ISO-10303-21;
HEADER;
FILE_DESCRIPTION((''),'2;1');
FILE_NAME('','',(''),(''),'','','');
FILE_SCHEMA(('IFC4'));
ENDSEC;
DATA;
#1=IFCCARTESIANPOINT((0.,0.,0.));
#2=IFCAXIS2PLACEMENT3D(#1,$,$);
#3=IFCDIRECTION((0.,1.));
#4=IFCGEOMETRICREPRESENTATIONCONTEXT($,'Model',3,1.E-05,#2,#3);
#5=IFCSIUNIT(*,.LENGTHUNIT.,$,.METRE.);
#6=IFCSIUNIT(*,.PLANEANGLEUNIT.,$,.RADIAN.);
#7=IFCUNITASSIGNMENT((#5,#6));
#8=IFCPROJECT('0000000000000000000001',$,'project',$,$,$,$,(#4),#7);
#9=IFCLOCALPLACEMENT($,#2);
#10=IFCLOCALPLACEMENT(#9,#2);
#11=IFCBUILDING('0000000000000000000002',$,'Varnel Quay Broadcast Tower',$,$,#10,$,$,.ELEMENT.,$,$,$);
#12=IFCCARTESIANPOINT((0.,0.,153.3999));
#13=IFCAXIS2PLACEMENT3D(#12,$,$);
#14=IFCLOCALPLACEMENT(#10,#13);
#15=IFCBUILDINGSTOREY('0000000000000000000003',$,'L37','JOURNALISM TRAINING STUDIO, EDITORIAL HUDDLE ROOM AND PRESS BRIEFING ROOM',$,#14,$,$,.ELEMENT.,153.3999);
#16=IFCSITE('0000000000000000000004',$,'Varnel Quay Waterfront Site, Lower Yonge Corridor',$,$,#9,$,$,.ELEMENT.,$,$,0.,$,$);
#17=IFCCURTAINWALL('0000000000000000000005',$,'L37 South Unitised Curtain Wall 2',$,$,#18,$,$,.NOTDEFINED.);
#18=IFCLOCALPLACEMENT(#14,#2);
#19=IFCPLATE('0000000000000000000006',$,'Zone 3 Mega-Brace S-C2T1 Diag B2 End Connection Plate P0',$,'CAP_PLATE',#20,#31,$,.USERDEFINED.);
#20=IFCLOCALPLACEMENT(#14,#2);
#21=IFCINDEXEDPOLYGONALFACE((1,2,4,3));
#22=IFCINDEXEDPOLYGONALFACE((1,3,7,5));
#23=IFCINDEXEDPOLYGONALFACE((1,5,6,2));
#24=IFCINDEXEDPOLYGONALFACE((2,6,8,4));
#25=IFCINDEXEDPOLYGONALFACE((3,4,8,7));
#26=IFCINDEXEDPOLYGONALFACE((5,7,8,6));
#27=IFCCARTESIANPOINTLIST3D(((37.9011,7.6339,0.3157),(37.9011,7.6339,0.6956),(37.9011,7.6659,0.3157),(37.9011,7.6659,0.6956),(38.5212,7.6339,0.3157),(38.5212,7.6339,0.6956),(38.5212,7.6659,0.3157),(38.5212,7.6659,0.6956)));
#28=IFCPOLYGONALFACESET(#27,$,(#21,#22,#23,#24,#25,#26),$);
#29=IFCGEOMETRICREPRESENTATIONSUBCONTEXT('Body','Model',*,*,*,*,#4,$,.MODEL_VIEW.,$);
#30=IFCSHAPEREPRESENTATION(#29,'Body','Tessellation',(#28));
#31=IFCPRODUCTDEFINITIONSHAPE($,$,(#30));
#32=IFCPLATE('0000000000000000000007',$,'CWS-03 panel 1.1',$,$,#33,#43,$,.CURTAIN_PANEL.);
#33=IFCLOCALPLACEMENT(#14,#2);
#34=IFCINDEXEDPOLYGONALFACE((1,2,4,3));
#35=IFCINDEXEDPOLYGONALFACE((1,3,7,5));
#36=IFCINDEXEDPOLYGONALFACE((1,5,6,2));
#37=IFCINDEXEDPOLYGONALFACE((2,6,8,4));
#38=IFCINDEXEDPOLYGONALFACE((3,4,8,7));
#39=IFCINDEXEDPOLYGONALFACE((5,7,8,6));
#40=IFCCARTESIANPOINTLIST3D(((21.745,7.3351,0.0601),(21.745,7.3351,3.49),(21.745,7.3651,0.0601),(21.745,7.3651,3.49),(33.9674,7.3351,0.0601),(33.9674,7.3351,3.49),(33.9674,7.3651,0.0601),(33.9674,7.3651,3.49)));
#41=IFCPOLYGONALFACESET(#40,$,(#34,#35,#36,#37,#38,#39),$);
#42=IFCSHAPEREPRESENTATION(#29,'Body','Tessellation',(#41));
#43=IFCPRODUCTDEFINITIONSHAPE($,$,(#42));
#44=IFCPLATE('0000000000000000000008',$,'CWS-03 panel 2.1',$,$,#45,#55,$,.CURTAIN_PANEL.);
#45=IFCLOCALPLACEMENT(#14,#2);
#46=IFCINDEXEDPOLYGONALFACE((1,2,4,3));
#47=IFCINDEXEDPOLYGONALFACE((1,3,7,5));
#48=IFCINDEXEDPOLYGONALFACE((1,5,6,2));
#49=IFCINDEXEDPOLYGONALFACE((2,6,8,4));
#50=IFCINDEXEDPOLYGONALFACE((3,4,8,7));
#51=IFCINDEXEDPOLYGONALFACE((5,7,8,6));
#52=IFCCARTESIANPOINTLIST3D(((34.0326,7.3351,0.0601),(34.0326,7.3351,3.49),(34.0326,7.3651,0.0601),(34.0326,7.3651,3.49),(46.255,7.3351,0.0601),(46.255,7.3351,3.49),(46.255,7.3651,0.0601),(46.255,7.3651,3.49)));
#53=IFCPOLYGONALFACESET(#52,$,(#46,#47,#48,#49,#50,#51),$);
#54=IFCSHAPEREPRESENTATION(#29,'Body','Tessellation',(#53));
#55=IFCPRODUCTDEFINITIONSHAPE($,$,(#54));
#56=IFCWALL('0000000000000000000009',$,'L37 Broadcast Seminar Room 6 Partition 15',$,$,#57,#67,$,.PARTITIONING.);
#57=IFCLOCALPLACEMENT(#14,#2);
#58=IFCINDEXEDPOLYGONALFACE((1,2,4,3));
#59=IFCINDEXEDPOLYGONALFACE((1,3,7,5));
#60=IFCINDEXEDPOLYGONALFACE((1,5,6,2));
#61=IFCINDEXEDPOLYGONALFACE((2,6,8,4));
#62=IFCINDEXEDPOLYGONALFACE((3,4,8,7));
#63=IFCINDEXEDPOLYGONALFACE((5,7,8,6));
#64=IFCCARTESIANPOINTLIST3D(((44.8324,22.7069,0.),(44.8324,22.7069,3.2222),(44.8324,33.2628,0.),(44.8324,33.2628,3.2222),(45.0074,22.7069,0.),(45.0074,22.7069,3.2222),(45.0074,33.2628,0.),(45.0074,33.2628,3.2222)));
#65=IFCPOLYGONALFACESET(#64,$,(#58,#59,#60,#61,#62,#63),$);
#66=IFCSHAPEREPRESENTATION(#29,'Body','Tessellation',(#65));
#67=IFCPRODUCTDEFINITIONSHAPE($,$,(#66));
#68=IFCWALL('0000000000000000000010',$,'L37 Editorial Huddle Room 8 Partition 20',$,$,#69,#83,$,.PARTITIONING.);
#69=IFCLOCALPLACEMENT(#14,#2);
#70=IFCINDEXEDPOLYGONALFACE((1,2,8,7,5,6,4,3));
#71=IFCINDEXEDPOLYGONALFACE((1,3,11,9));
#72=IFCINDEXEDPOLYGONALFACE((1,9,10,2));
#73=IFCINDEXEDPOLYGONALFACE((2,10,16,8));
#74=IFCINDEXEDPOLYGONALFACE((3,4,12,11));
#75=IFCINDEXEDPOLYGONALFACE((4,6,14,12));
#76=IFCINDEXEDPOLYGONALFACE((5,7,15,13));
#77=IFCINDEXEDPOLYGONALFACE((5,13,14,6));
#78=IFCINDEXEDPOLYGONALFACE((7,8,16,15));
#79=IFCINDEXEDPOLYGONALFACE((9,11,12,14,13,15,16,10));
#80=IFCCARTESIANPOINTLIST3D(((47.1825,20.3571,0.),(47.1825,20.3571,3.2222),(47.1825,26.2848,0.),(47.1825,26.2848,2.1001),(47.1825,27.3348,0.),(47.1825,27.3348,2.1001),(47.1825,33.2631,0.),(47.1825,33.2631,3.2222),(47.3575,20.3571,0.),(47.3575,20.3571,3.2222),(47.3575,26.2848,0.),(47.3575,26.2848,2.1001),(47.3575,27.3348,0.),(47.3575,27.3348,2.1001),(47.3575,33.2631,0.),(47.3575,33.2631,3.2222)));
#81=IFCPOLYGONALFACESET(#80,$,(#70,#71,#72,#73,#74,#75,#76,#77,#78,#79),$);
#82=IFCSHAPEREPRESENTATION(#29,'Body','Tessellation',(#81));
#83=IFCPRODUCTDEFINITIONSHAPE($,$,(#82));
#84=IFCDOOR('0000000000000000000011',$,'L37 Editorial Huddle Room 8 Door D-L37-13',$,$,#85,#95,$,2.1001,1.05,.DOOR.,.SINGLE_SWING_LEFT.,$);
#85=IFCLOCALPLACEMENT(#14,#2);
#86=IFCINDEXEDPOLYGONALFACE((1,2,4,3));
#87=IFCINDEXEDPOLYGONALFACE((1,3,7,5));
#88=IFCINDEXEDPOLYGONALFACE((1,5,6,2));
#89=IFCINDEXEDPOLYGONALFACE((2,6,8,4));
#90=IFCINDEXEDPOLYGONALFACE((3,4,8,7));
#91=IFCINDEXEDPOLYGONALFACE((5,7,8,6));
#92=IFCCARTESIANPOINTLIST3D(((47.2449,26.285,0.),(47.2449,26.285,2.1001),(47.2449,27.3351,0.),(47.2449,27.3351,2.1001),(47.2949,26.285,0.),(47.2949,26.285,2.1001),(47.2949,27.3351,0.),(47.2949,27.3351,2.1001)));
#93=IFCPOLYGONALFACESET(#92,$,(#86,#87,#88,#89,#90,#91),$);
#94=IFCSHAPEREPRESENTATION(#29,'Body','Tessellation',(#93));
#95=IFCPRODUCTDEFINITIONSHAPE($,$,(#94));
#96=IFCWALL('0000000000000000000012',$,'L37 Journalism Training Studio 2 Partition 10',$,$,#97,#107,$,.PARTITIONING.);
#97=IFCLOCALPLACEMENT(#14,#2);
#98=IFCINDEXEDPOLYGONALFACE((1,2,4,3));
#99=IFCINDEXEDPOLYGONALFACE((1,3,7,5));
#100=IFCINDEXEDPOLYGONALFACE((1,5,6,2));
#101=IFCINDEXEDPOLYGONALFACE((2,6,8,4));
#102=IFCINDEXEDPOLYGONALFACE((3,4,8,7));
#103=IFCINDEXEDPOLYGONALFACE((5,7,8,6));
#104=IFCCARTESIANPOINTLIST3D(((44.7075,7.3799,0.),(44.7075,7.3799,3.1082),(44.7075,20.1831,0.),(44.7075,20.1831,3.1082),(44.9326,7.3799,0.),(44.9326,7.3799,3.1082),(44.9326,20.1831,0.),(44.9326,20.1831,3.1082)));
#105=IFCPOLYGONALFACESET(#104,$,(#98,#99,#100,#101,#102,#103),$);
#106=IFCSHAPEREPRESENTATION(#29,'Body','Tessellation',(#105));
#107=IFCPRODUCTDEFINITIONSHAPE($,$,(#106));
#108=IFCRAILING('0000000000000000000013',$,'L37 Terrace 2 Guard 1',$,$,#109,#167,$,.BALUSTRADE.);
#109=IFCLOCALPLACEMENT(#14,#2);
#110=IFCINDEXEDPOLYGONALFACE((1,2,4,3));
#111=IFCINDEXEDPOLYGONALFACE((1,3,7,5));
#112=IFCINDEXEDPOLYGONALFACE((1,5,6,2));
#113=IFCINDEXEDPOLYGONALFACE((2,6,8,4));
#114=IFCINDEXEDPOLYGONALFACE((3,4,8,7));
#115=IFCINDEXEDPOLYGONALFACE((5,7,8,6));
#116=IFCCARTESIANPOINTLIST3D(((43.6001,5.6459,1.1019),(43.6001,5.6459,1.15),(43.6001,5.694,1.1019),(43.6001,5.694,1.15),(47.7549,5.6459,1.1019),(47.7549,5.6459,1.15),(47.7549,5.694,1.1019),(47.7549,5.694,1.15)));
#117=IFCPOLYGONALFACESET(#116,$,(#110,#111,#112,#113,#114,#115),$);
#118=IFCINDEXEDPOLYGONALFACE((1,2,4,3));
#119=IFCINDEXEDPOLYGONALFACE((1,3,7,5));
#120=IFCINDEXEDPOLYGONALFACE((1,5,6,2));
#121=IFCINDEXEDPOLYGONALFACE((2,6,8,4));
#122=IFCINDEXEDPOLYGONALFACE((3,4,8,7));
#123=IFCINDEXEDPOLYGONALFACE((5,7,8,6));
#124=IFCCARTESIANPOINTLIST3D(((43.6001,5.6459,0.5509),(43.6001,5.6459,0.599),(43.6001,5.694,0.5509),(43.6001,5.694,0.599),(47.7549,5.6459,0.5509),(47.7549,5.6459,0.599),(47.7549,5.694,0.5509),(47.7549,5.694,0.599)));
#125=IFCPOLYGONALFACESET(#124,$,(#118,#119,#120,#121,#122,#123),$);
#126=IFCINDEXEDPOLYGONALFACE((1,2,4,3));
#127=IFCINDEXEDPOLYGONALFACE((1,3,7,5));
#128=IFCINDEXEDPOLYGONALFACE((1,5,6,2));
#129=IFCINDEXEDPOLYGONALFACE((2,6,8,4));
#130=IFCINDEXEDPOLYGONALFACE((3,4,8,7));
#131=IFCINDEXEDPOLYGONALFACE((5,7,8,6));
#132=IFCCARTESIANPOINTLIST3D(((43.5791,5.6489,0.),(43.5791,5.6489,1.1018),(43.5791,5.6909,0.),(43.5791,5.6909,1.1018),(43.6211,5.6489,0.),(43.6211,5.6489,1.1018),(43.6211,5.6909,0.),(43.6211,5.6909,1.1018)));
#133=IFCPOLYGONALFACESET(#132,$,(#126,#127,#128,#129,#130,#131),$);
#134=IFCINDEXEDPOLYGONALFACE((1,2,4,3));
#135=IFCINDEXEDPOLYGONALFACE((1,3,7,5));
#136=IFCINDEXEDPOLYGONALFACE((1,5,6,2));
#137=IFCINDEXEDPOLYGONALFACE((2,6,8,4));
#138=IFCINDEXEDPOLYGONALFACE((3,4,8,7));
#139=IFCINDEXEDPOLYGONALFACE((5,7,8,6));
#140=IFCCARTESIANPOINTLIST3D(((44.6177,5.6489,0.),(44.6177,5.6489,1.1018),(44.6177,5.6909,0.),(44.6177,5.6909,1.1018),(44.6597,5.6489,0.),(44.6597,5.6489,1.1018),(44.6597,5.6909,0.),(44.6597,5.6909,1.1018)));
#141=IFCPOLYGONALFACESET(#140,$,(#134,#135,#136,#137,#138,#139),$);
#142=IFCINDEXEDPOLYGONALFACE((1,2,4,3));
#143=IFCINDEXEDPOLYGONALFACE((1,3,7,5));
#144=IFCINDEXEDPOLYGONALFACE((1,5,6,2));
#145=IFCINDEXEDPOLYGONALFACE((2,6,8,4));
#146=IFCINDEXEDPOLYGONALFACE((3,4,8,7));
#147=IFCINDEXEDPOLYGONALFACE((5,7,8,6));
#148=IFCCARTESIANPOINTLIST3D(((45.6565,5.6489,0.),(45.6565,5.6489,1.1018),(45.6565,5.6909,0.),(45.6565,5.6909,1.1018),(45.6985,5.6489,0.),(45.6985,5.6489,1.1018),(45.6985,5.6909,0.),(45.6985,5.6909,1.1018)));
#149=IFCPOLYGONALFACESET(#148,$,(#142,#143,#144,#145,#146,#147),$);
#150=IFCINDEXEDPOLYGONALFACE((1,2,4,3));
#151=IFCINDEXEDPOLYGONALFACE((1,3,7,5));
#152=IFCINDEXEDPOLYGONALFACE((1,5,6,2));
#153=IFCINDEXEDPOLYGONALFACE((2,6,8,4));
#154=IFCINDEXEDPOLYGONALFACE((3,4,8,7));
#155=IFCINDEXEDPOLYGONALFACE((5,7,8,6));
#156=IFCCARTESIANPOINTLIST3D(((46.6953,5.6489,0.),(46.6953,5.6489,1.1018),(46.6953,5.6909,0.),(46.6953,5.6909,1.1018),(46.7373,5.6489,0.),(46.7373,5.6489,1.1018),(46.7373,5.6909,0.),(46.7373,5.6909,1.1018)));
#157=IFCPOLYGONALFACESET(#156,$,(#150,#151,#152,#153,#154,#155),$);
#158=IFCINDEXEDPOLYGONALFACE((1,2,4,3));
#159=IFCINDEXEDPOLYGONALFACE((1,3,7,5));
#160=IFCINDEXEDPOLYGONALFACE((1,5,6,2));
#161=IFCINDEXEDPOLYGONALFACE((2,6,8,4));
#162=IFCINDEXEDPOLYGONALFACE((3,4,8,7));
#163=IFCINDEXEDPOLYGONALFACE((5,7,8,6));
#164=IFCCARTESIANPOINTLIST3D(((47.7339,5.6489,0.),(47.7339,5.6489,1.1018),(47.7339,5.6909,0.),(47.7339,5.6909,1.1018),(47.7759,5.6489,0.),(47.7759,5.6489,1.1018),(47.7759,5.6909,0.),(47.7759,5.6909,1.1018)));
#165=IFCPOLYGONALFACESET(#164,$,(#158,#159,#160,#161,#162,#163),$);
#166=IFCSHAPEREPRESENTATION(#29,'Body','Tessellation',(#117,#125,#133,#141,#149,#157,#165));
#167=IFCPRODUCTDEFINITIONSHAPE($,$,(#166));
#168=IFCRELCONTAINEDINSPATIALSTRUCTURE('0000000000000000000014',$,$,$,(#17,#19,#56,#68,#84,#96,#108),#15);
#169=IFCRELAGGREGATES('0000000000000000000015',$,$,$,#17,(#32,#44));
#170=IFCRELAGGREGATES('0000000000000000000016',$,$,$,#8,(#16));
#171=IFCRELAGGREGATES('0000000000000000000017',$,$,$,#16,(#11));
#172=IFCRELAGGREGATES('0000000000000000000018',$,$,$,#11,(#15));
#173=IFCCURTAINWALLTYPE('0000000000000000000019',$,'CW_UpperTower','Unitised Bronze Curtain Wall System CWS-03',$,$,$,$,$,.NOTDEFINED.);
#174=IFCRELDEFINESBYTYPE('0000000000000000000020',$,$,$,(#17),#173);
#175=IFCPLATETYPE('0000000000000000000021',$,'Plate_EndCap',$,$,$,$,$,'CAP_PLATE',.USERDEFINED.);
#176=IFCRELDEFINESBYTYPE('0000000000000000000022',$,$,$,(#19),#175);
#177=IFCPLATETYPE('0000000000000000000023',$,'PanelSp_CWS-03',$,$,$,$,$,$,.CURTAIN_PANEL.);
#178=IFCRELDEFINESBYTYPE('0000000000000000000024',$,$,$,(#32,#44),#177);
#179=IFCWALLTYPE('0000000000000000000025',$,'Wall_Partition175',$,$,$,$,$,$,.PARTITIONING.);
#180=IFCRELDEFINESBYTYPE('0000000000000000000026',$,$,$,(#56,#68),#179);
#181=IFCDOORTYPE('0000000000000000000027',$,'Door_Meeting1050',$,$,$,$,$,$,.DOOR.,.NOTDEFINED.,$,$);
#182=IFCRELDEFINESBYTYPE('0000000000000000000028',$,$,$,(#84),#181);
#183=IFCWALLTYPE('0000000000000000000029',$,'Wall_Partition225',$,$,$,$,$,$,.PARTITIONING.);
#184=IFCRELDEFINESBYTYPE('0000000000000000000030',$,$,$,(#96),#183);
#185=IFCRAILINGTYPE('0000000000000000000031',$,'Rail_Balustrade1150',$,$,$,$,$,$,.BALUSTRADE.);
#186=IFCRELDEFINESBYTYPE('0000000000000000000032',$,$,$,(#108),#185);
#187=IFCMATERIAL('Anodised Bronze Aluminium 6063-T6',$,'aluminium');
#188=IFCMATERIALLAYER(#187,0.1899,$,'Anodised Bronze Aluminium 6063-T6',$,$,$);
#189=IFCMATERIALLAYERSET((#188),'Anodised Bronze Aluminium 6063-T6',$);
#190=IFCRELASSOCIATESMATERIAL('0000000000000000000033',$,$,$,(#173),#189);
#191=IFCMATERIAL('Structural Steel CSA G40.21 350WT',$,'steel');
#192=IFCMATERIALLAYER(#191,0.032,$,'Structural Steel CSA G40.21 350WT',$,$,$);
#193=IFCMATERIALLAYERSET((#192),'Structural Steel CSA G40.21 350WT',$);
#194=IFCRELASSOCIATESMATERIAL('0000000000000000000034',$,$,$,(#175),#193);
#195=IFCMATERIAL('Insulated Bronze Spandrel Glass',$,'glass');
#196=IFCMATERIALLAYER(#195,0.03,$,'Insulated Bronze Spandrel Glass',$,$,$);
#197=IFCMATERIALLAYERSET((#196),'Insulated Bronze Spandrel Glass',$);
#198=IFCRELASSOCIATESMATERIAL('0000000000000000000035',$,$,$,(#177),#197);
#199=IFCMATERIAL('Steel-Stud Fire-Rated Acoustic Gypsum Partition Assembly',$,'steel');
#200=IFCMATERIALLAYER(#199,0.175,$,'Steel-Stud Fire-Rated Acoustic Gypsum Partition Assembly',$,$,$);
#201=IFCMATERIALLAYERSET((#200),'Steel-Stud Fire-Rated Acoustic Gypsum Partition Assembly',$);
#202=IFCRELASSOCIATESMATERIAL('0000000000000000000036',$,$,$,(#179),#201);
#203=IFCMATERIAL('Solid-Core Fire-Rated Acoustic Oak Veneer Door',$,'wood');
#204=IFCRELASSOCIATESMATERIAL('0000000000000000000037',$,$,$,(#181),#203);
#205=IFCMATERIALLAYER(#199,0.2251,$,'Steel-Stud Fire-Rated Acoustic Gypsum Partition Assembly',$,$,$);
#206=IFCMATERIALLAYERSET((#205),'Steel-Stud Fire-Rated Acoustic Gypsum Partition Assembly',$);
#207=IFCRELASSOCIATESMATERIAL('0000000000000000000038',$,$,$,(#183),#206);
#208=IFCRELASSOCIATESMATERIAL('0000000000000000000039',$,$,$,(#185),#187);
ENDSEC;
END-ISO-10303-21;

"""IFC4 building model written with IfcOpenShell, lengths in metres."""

from ifc_helpers import new_model, si_unit, direction, frame, frame_2d, origin, origin_2d, place, context, subcontext, project, spatial, rectangle, extrude, source, transform, mapped, material, layer, layer_set, type_object, type_shapes, element, fill, aggregate, save


model = new_model("IFC4")

# Units and contexts
model_context = context("Model", 3, precision=1e-05, world=origin(), true_north=direction((0.0, 1.0)))
body_context = subcontext(model_context, "Body", "Model", "MODEL_VIEW")
ifc_project = project(units=[si_unit("LENGTHUNIT", "METRE"), si_unit("PLANEANGLEUNIT", "RADIAN")], contexts=[model_context])

# Site, building, storey
site_placement = place(None, origin())
site = spatial("IfcSite", under=ifc_project, at=site_placement, Name="Varnel Quay Waterfront Site, Lower Yonge Corridor", CompositionType="ELEMENT", RefElevation=0.0)
building_placement = place(site_placement, origin())
building = spatial("IfcBuilding", under=site, at=building_placement, Name="Varnel Quay Broadcast Tower", CompositionType="ELEMENT")
storey_placement = place(building_placement, frame((0.0, 0.0, 153.3999)))
storey = spatial("IfcBuildingStorey", under=building, at=storey_placement, Name="L37", Description="JOURNALISM TRAINING STUDIO, EDITORIAL HUDDLE ROOM AND PRESS BRIEFING ROOM", CompositionType="ELEMENT", Elevation=153.3999)

# Curtain wall
ifc_material_1 = material(Name="Anodised Bronze Aluminium 6063-T6", Category="aluminium")
ifc_layer_1 = layer(ifc_material_1, 0.1899, Name="Anodised Bronze Aluminium 6063-T6")
ifc_layer_set_1 = layer_set([ifc_layer_1], Name="Anodised Bronze Aluminium 6063-T6")
curtain_wall_type = type_object("IfcCurtainWallType", Name="CW_UpperTower", Description="Unitised Bronze Curtain Wall System CWS-03", PredefinedType="NOTDEFINED", material=ifc_layer_set_1)
curtain_wall_placement = place(storey_placement, origin())
curtain_wall = element("IfcCurtainWall", 1, at=curtain_wall_placement, inside=storey, type_object=curtain_wall_type, Name="L37 South Unitised Curtain Wall 2", PredefinedType="NOTDEFINED")

# Plate
ifc_material_2 = material(Name="Structural Steel CSA G40.21 350WT", Category="steel")
ifc_layer_2 = layer(ifc_material_2, 0.032, Name="Structural Steel CSA G40.21 350WT")
ifc_layer_set_2 = layer_set([ifc_layer_2], Name="Structural Steel CSA G40.21 350WT")
plate_type_1 = type_object("IfcPlateType", Name="Plate_EndCap", ElementType="CAP_PLATE", PredefinedType="USERDEFINED", material=ifc_layer_set_2)
shared_shape_1 = source(origin(), body_context, "Body", "SweptSolid", [
    extrude(rectangle(XDim=0.6201, YDim=0.032, at=origin_2d()), origin(), (0.0, 0.0, 1.0), 0.3799),
])
type_shapes(plate_type_1, [shared_shape_1])
for number, where, z_axis, x_axis, name in (
    (2, (38.2112, 7.6499, 0.3157), (0.0, 0.0, 1.0), (1.0, 0.0, 0.0), "Zone 3 Mega-Brace S-C2T1 Diag B2 End Connection Plate P0"),
):
    element("IfcPlate", number, at=place(storey_placement, frame(where, z_axis=z_axis, x_axis=x_axis)), inside=storey, type_object=plate_type_1, Name=name, ObjectType="CAP_PLATE", PredefinedType="USERDEFINED", context=body_context, shape_type="MappedRepresentation", body=[
        mapped(shared_shape_1, transform((0.0, 0.0, 0.0), x_axis=(1.0, 0.0, 0.0), y_axis=(0.0, 1.0, 0.0), z_axis=(0.0, 0.0, 1.0), scale=1.0)),
    ])

# Plates
ifc_material_3 = material(Name="Insulated Bronze Spandrel Glass", Category="glass")
ifc_layer_3 = layer(ifc_material_3, 0.03, Name="Insulated Bronze Spandrel Glass")
ifc_layer_set_3 = layer_set([ifc_layer_3], Name="Insulated Bronze Spandrel Glass")
plate_type_2 = type_object("IfcPlateType", Name="PanelSp_CWS-03", PredefinedType="CURTAIN_PANEL", material=ifc_layer_set_3)
shared_shape_2 = source(origin(), body_context, "Body", "SweptSolid", [
    extrude(rectangle(XDim=12.2224, YDim=0.03, at=origin_2d()), origin(), (0.0, 0.0, 1.0), 3.4299),
])
type_shapes(plate_type_2, [shared_shape_2])
plate_1_placement = place(storey_placement, frame((27.8562, 7.3501, 0.0601), z_axis=(0.0, 0.0, 1.0), x_axis=(1.0, 0.0, 0.0)))
plate_1 = element("IfcPlate", 3, at=plate_1_placement, type_object=plate_type_2, Name="CWS-03 panel 1.1", PredefinedType="CURTAIN_PANEL", context=body_context, shape_type="MappedRepresentation", body=[
    mapped(shared_shape_2, transform((0.0, 0.0, 0.0), x_axis=(1.0, 0.0, 0.0), y_axis=(0.0, 1.0, 0.0), z_axis=(0.0, 0.0, 1.0), scale=1.0)),
])
plate_2_placement = place(storey_placement, frame((40.1438, 7.3501, 0.0601), z_axis=(0.0, 0.0, 1.0), x_axis=(1.0, 0.0, 0.0)))
plate_2 = element("IfcPlate", 4, at=plate_2_placement, type_object=plate_type_2, Name="CWS-03 panel 2.1", PredefinedType="CURTAIN_PANEL", context=body_context, shape_type="MappedRepresentation", body=[
    mapped(shared_shape_2, transform((0.0, 0.0, 0.0), x_axis=(1.0, 0.0, 0.0), y_axis=(0.0, 1.0, 0.0), z_axis=(0.0, 0.0, 1.0), scale=1.0)),
])
aggregate(curtain_wall, [plate_1, plate_2])

# Wall
ifc_material_4 = material(Name="Steel-Stud Fire-Rated Acoustic Gypsum Partition Assembly", Category="steel")
ifc_layer_4 = layer(ifc_material_4, 0.175, Name="Steel-Stud Fire-Rated Acoustic Gypsum Partition Assembly")
ifc_layer_set_4 = layer_set([ifc_layer_4], Name="Steel-Stud Fire-Rated Acoustic Gypsum Partition Assembly")
wall_type_1 = type_object("IfcWallType", Name="Wall_Partition175", PredefinedType="PARTITIONING", material=ifc_layer_set_4)
wall_1_placement = place(storey_placement, frame((44.9199, 22.707, 0.0), z_axis=(0.0, 0.0, 1.0), x_axis=(0.0, 1.0, 0.0)))
element("IfcWall", 5, at=wall_1_placement, inside=storey, type_object=wall_type_1, Name="L37 Broadcast Seminar Room 6 Partition 15", PredefinedType="PARTITIONING", context=body_context, shape_type="SweptSolid", body=[
    extrude(rectangle(XDim=10.5559, YDim=0.175, at=frame_2d((5.2778, 0.0))), origin(), (0.0, 0.0, 1.0), 3.2222),
])

# Wall, opening, door
wall_2_placement = place(storey_placement, frame((47.27, 20.3569, 0.0), z_axis=(0.0, 0.0, 1.0), x_axis=(0.0, 1.0, 0.0)))
wall_2 = element("IfcWall", 6, at=wall_2_placement, inside=storey, type_object=wall_type_1, Name="L37 Editorial Huddle Room 8 Partition 20", PredefinedType="PARTITIONING", context=body_context, shape_type="SweptSolid", body=[
    extrude(rectangle(XDim=12.906, YDim=0.175, at=frame_2d((6.4531, 0.0))), origin(), (0.0, 0.0, 1.0), 3.2222),
])
opening_1_placement = place(wall_2_placement, frame((5.928, 0.0, 0.0)))
opening_1 = element("IfcOpeningElement", 7, at=opening_1_placement, cuts=wall_2, PredefinedType="OPENING", context=body_context, shape_type="SweptSolid", body=[
    extrude(rectangle(XDim=1.05, YDim=2.1001, at=frame_2d((0.5249, 1.05))), frame((0.0, 0.0977, 0.0), z_axis=(0.0, -1.0, 0.0), x_axis=(1.0, 0.0, 0.0)), (0.0, 0.0, 1.0), 0.1951),
])
ifc_material_5 = material(Name="Solid-Core Fire-Rated Acoustic Oak Veneer Door", Category="wood")
door_type_1 = type_object("IfcDoorType", Name="Door_Meeting1050", OperationType="NOTDEFINED", PredefinedType="DOOR", material=ifc_material_5)
shared_shape_3 = source(origin(), body_context, "Body", "SweptSolid", [
    extrude(rectangle(XDim=1.05, YDim=2.1001, at=frame_2d((0.5249, 1.05))), frame((0.0, 0.0249, 0.0), z_axis=(0.0, -1.0, 0.0), x_axis=(1.0, 0.0, 0.0)), (0.0, 0.0, 1.0), 0.05),
])
type_shapes(door_type_1, [shared_shape_3])
door_1_placement = place(opening_1_placement, frame((1.05, 0.0, 0.0), z_axis=(0.0, 0.0, 1.0), x_axis=(-1.0, 0.0, 0.0)))
door_1 = element("IfcDoor", 8, at=door_1_placement, inside=storey, type_object=door_type_1, Name="L37 Editorial Huddle Room 8 Door D-L37-13", OperationType="SINGLE_SWING_LEFT", OverallHeight=2.1001, OverallWidth=1.05, PredefinedType="DOOR", context=body_context, shape_type="MappedRepresentation", body=[
    mapped(shared_shape_3, transform((0.0, 0.0, 0.0), x_axis=(1.0, 0.0, 0.0), y_axis=(0.0, 1.0, 0.0), z_axis=(0.0, 0.0, 1.0), scale=1.0)),
])
fill(opening_1, door_1)

# Wall
ifc_layer_5 = layer(ifc_material_4, 0.2251, Name="Steel-Stud Fire-Rated Acoustic Gypsum Partition Assembly")
ifc_layer_set_5 = layer_set([ifc_layer_5], Name="Steel-Stud Fire-Rated Acoustic Gypsum Partition Assembly")
wall_type_2 = type_object("IfcWallType", Name="Wall_Partition225", PredefinedType="PARTITIONING", material=ifc_layer_set_5)
wall_3_placement = place(storey_placement, frame((44.8201, 7.3799, 0.0), z_axis=(0.0, 0.0, 1.0), x_axis=(0.0, 1.0, 0.0)))
element("IfcWall", 9, at=wall_3_placement, inside=storey, type_object=wall_type_2, Name="L37 Journalism Training Studio 2 Partition 10", PredefinedType="PARTITIONING", context=body_context, shape_type="SweptSolid", body=[
    extrude(rectangle(XDim=12.8032, YDim=0.2251, at=frame_2d((6.4016, 0.0))), origin(), (0.0, 0.0, 1.0), 3.1082),
])

# Railing
railing_type = type_object("IfcRailingType", Name="Rail_Balustrade1150", PredefinedType="BALUSTRADE", material=ifc_material_1)
railing_1_placement = place(storey_placement, frame((43.6001, 5.6699, 0.0)))
element("IfcRailing", 10, at=railing_1_placement, inside=storey, type_object=railing_type, Name="L37 Terrace 2 Guard 1", PredefinedType="BALUSTRADE", context=body_context, shape_type="SweptSolid", body=[
    extrude(rectangle(XDim=0.0481, YDim=0.0481, at=origin_2d()), frame((0.0, 0.0, 1.126), z_axis=(1.0, 0.0, 0.0), x_axis=(0.0, 1.0, 0.0)), (0.0, 0.0, 1.0), 4.1548),
    extrude(rectangle(XDim=0.0481, YDim=0.0481, at=origin_2d()), frame((0.0, 0.0, 0.575), z_axis=(1.0, 0.0, 0.0), x_axis=(0.0, 1.0, 0.0)), (0.0, 0.0, 1.0), 4.1548),
    extrude(rectangle(XDim=0.042, YDim=0.042, at=origin_2d()), origin(), (0.0, 0.0, 1.0), 1.1018),
    extrude(rectangle(XDim=0.042, YDim=0.042, at=origin_2d()), frame((1.0386, 0.0, 0.0)), (0.0, 0.0, 1.0), 1.1018),
    extrude(rectangle(XDim=0.042, YDim=0.042, at=origin_2d()), frame((2.0774, 0.0, 0.0)), (0.0, 0.0, 1.0), 1.1018),
    extrude(rectangle(XDim=0.042, YDim=0.042, at=origin_2d()), frame((3.1162, 0.0, 0.0)), (0.0, 0.0, 1.0), 1.1018),
    extrude(rectangle(XDim=0.042, YDim=0.042, at=origin_2d()), frame((4.1548, 0.0, 0.0)), (0.0, 0.0, 1.0), 1.1018),
])

save(model, "model.ifc")
